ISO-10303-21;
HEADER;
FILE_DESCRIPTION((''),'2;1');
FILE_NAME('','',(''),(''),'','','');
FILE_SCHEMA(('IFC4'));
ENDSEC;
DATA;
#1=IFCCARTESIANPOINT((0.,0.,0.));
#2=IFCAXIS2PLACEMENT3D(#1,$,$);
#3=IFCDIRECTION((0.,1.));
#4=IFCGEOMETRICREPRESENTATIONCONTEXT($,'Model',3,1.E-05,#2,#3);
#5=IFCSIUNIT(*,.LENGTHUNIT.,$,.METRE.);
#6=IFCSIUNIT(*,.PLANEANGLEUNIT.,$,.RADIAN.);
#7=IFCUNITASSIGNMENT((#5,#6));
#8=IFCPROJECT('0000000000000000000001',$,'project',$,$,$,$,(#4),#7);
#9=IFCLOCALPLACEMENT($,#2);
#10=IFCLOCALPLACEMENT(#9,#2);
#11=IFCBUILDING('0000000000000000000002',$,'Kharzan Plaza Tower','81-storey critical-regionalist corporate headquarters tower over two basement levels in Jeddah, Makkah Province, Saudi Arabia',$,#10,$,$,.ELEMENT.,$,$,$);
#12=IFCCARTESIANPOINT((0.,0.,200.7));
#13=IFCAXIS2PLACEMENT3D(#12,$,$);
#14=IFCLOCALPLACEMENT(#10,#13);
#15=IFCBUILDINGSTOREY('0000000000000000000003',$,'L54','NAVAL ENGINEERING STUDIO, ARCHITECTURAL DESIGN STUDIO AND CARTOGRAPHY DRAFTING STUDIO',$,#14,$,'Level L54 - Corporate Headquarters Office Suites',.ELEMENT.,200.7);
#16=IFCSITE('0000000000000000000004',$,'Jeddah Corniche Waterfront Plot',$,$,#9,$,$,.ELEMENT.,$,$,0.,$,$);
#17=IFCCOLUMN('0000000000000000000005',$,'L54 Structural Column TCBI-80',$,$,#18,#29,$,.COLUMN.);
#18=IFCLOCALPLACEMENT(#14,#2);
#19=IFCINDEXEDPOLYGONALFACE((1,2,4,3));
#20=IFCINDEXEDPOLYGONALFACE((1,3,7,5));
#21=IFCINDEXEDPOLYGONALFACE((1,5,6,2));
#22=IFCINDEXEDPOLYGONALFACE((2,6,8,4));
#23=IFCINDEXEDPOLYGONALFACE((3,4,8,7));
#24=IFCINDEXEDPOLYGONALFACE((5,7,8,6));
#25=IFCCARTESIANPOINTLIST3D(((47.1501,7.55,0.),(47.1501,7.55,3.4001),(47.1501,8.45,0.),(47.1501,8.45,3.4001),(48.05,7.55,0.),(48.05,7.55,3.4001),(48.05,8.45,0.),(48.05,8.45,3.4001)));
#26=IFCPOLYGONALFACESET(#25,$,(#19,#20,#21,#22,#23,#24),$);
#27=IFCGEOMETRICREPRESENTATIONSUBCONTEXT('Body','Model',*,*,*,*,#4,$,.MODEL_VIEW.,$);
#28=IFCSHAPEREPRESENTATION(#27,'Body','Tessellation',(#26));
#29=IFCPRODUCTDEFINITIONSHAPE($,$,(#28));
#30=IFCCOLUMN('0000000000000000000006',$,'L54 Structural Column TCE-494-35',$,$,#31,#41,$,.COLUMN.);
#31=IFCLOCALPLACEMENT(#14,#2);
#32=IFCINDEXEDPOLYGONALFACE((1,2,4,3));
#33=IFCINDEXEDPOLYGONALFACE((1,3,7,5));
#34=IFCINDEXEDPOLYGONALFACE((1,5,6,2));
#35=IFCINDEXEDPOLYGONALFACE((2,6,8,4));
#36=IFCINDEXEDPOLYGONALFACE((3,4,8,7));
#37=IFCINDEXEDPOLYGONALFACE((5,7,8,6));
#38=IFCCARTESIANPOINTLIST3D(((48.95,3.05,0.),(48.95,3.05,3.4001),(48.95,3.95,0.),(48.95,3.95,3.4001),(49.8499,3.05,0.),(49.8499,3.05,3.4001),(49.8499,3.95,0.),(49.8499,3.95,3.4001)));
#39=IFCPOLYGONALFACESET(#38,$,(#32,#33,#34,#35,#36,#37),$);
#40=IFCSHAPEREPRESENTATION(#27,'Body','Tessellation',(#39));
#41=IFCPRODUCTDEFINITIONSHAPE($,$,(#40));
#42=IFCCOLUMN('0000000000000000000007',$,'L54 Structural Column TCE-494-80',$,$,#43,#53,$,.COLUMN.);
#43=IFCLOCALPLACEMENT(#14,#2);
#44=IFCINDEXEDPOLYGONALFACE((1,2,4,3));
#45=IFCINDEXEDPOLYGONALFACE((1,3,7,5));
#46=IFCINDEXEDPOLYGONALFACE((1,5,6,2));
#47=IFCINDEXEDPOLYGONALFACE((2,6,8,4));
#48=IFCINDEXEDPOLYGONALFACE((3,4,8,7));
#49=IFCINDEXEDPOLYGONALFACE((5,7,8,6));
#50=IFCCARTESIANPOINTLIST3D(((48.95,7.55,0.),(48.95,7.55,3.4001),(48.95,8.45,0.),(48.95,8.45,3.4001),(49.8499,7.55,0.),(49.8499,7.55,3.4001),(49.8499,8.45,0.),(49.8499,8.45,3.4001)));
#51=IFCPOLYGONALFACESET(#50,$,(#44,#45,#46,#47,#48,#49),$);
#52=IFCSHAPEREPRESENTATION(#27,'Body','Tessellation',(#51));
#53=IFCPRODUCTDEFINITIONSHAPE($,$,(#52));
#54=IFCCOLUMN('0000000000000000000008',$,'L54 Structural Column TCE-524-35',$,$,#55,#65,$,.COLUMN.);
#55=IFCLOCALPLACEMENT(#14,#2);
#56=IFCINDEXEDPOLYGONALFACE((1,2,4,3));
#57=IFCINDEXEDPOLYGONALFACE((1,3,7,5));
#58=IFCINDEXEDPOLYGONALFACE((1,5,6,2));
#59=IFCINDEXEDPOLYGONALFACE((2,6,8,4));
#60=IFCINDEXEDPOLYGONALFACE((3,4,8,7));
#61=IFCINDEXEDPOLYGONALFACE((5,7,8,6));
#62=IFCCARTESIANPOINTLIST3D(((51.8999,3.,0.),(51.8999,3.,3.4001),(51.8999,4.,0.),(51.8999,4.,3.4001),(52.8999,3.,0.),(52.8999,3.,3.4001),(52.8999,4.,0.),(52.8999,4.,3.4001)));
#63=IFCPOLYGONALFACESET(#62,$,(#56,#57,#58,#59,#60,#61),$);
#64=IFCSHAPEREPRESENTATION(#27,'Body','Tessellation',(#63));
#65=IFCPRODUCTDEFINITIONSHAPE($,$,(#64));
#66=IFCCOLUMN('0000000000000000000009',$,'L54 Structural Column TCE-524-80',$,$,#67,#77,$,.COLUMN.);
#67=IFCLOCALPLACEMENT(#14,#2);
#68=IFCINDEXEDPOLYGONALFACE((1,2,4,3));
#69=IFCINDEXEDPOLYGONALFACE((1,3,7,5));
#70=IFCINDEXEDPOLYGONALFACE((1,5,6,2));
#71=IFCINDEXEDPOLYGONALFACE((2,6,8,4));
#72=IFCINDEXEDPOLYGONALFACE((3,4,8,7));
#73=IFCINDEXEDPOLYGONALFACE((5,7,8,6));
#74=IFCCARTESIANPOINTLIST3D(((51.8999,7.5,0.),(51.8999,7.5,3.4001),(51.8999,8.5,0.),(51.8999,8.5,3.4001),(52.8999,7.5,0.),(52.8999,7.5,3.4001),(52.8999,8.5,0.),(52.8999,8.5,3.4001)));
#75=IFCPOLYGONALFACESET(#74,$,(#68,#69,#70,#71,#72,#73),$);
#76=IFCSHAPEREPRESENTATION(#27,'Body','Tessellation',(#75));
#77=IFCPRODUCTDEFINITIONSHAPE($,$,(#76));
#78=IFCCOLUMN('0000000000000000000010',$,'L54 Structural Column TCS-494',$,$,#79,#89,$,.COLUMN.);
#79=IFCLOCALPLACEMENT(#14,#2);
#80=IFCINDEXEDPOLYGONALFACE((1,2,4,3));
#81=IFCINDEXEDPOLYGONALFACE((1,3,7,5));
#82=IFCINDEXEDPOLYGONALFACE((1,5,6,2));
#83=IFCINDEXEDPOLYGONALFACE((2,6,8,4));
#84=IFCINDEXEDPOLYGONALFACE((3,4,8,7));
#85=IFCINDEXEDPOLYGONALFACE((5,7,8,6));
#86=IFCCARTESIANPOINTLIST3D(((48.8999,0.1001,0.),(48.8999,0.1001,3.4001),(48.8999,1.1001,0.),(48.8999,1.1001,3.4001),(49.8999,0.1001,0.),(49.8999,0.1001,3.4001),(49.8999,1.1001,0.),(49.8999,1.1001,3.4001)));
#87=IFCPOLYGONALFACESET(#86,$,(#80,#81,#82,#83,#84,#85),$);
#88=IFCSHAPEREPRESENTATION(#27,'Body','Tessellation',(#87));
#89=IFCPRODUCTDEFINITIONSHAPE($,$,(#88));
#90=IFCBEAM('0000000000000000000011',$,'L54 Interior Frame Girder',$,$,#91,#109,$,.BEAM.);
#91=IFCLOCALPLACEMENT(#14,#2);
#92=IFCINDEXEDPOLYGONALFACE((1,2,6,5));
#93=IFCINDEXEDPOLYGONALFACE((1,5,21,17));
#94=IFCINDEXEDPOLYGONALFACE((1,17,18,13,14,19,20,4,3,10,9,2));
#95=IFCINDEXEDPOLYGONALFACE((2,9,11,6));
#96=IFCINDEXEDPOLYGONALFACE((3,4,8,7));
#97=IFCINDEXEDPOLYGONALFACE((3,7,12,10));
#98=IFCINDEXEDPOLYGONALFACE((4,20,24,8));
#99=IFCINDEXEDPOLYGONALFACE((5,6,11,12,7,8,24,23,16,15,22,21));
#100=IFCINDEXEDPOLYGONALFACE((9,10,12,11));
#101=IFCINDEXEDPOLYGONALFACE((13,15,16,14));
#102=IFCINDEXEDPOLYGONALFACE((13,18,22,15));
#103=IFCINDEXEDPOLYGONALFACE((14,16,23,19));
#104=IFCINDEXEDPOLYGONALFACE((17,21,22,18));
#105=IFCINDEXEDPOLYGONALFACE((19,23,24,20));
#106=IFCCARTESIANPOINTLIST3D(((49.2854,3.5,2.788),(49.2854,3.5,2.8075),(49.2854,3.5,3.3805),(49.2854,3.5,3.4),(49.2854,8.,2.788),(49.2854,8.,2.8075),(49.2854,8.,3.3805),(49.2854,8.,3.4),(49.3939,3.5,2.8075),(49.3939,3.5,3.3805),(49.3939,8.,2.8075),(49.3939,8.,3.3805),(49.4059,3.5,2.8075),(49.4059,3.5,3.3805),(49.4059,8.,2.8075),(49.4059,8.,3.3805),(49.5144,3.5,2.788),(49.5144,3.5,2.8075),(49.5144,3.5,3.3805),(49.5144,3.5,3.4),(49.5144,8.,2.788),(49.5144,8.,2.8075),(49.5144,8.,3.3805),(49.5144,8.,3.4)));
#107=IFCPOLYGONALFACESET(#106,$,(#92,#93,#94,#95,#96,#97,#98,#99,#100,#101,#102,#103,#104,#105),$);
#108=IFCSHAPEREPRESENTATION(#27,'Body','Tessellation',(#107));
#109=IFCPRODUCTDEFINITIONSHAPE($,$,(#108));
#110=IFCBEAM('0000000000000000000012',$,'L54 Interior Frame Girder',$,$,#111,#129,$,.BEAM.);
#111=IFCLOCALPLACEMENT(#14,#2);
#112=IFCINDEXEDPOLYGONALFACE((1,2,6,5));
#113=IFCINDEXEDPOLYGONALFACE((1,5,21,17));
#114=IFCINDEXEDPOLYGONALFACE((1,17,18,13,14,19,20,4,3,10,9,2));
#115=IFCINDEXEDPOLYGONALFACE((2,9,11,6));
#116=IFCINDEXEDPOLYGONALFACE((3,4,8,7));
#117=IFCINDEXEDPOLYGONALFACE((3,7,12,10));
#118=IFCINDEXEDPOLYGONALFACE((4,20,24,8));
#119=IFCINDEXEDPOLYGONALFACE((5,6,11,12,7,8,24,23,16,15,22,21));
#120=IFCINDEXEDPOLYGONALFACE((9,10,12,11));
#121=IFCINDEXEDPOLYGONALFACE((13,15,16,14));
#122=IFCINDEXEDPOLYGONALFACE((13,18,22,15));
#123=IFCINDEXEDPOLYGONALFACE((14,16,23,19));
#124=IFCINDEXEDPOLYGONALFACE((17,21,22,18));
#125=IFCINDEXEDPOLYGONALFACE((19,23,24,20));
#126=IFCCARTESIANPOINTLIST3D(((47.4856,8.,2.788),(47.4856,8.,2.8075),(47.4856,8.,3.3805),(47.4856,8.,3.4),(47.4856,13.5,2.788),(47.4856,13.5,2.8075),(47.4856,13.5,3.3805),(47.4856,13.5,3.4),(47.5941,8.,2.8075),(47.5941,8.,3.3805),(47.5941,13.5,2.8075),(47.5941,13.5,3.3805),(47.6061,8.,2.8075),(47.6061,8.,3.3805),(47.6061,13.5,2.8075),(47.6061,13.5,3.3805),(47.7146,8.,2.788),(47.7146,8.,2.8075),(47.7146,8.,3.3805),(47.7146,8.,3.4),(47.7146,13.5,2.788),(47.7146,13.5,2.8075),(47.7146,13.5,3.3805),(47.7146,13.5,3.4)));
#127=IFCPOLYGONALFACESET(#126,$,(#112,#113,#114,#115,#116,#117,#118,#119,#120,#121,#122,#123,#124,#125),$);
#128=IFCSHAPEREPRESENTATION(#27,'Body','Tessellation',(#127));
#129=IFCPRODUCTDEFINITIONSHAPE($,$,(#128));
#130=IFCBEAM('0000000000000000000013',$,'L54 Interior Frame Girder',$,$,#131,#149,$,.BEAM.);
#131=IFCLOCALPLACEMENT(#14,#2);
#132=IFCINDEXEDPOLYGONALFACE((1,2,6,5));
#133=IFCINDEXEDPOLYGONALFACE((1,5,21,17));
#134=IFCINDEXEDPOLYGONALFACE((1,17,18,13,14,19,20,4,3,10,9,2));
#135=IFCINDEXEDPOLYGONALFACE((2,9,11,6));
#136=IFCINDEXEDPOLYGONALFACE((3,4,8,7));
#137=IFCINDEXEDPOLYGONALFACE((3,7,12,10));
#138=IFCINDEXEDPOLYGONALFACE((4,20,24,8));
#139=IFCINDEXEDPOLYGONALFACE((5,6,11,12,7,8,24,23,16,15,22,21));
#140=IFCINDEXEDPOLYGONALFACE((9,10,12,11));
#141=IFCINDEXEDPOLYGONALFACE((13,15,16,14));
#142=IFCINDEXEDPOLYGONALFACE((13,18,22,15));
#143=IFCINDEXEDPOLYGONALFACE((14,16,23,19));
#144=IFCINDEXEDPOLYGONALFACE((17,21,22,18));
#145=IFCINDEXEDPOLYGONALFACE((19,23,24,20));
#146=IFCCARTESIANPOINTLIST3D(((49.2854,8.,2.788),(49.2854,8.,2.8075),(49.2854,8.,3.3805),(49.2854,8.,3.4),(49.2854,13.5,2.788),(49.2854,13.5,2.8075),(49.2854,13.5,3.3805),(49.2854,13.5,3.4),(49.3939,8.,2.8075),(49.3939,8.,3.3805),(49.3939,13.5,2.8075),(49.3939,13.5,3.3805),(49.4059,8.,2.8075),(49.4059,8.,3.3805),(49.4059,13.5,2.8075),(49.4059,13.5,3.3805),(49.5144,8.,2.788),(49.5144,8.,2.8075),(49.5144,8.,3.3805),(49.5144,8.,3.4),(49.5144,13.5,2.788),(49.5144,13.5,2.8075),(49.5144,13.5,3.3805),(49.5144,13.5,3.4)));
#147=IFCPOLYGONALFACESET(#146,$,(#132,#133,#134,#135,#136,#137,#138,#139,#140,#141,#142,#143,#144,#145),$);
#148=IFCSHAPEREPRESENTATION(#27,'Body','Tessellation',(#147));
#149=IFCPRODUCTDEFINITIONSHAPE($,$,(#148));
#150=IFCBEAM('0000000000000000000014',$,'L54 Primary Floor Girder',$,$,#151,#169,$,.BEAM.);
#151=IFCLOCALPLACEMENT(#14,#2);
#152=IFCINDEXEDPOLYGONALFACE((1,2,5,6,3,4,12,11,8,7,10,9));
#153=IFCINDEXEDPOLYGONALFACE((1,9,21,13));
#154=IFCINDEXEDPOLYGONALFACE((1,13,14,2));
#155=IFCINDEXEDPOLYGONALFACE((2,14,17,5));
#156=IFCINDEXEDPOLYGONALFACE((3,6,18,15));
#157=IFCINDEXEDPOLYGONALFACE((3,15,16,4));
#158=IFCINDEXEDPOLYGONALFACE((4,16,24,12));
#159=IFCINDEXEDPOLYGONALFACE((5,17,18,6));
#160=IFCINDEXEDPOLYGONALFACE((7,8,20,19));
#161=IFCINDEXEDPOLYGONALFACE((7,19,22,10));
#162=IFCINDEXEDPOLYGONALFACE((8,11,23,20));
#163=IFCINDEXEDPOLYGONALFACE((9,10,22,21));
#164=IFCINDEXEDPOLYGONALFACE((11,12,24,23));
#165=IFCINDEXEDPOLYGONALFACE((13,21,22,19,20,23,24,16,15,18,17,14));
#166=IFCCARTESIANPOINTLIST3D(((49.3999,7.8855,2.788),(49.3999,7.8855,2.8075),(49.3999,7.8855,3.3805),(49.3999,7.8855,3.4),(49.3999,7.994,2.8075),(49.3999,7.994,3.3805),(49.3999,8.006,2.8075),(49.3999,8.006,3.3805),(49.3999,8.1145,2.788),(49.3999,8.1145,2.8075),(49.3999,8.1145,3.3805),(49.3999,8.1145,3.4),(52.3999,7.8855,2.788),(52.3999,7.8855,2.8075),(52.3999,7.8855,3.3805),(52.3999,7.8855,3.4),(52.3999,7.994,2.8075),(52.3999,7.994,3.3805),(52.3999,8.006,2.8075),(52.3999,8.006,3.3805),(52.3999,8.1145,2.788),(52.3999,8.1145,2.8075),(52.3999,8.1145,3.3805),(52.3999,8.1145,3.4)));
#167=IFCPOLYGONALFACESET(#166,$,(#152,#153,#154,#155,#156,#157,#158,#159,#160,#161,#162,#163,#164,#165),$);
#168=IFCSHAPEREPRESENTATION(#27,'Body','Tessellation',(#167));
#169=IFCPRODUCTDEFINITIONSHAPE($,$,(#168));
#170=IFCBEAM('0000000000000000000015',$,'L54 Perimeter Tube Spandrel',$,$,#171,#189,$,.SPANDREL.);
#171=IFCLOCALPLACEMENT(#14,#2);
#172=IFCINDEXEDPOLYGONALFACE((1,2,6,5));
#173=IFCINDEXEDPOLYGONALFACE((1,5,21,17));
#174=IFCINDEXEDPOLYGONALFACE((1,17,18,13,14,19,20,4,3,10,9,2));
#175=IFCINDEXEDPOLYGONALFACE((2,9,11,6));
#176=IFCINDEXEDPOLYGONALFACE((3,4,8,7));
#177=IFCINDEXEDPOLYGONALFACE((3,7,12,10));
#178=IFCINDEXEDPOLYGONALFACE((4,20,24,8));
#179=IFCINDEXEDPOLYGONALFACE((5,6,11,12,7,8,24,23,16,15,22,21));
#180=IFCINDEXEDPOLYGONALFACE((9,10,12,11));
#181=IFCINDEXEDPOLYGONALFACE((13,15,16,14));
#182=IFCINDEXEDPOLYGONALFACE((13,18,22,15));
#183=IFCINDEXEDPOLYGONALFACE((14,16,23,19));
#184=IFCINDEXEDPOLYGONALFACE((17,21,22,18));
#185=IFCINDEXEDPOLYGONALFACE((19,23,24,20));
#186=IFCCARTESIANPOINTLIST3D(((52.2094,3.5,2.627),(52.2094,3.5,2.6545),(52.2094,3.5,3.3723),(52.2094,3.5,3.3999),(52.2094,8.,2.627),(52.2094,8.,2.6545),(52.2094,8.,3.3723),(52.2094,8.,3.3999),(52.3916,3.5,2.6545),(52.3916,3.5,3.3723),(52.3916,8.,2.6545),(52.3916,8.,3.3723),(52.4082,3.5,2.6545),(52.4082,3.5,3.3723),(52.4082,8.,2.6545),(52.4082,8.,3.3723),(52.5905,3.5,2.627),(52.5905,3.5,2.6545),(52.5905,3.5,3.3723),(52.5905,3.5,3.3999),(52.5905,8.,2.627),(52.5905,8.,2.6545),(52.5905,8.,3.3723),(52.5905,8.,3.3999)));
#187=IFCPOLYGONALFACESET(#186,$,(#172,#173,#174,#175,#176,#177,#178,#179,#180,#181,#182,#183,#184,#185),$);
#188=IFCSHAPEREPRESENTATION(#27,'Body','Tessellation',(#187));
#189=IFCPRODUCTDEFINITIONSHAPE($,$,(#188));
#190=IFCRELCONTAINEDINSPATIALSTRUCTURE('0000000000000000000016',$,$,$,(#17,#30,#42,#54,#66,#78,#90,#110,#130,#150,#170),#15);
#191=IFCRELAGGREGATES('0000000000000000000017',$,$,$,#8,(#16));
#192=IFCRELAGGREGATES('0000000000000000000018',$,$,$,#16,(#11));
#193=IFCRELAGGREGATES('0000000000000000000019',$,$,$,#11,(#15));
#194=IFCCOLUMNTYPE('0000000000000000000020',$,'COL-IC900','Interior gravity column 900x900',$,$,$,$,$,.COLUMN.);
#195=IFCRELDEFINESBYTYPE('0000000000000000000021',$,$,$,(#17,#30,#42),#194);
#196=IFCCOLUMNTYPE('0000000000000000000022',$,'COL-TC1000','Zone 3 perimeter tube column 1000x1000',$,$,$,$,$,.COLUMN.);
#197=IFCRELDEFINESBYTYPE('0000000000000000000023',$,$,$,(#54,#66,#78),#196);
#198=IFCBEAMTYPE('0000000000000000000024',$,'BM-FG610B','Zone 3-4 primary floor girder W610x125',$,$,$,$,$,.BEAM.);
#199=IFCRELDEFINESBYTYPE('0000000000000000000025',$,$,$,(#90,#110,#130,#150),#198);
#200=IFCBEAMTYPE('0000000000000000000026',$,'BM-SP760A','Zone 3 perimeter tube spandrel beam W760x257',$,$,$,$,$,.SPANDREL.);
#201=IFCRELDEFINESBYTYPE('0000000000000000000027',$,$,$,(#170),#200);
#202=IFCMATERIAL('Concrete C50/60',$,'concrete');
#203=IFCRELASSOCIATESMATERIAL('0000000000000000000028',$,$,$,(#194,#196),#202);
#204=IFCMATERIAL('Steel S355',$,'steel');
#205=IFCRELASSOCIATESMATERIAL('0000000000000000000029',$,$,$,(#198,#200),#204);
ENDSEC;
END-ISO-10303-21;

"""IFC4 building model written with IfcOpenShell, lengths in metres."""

from ifc_helpers import new_model, si_unit, direction, frame, origin, origin_2d, place, context, subcontext, project, spatial, rectangle, i_section, extrude, source, transform, mapped, material, material_profile, profile_set, type_object, element, save


model = new_model("IFC4")

# Units and contexts
model_context = context("Model", 3, precision=1e-05, world=origin(), true_north=direction((0.0, 1.0)))
body_context = subcontext(model_context, "Body", "Model", "MODEL_VIEW")
ifc_project = project(units=[si_unit("LENGTHUNIT", "METRE"), si_unit("PLANEANGLEUNIT", "RADIAN")], contexts=[model_context])

# Site, building, storey
site_placement = place(None, origin())
site = spatial("IfcSite", under=ifc_project, at=site_placement, Name="Jeddah Corniche Waterfront Plot", CompositionType="ELEMENT", RefElevation=0.0)
building_placement = place(site_placement, origin())
building = spatial("IfcBuilding", under=site, at=building_placement, Name="Kharzan Plaza Tower", Description="81-storey critical-regionalist corporate headquarters tower over two basement levels in Jeddah, Makkah Province, Saudi Arabia", CompositionType="ELEMENT")
storey_placement = place(building_placement, frame((0.0, 0.0, 200.7)))
storey = spatial("IfcBuildingStorey", under=building, at=storey_placement, Name="L54", Description="NAVAL ENGINEERING STUDIO, ARCHITECTURAL DESIGN STUDIO AND CARTOGRAPHY DRAFTING STUDIO", LongName="Level L54 - Corporate Headquarters Office Suites", CompositionType="ELEMENT", Elevation=200.7)

# Columns
ifc_material_1 = material(Name="Concrete C50/60", Category="concrete")
ifc_material_profile_1 = material_profile(ifc_material_1, rectangle(XDim=0.8999, YDim=0.8999, at=origin_2d()), Name="RC-IC900x900")
ifc_profile_set_1 = profile_set([ifc_material_profile_1], Name="Concrete C50/60")
column_type_1 = type_object("IfcColumnType", Name="COL-IC900", Description="Interior gravity column 900x900", PredefinedType="COLUMN", material=ifc_profile_set_1)
shared_shape_1 = source(origin(), body_context, "Body", "SweptSolid", [
    extrude(rectangle(XDim=0.8999, YDim=0.8999, at=origin_2d()), origin(), (0.0, 0.0, 1.0), 3.4001),
])
for number, where, z_axis, x_axis, name in (
    (1, (47.6001, 8.0, 0.0), (0.0, 0.0, 1.0), (1.0, 0.0, 0.0), "L54 Structural Column TCBI-80"),
    (2, (49.3999, 3.5, 0.0), (0.0, 0.0, 1.0), (1.0, 0.0, 0.0), "L54 Structural Column TCE-494-35"),
    (3, (49.3999, 8.0, 0.0), (0.0, 0.0, 1.0), (1.0, 0.0, 0.0), "L54 Structural Column TCE-494-80"),
):
    element("IfcColumn", number, at=place(storey_placement, frame(where, z_axis=z_axis, x_axis=x_axis)), inside=storey, type_object=column_type_1, Name=name, PredefinedType="COLUMN", context=body_context, shape_type="MappedRepresentation", body=[
        mapped(shared_shape_1, transform((0.0, 0.0, 0.0), x_axis=(1.0, 0.0, 0.0), y_axis=(0.0, 1.0, 0.0), z_axis=(0.0, 0.0, 1.0))),
    ])
ifc_material_profile_2 = material_profile(ifc_material_1, rectangle(XDim=1.0, YDim=1.0, at=origin_2d()), Name="RC-TC1000x1000")
ifc_profile_set_2 = profile_set([ifc_material_profile_2], Name="Concrete C50/60")
column_type_2 = type_object("IfcColumnType", Name="COL-TC1000", Description="Zone 3 perimeter tube column 1000x1000", PredefinedType="COLUMN", material=ifc_profile_set_2)
shared_shape_2 = source(origin(), body_context, "Body", "SweptSolid", [
    extrude(rectangle(XDim=1.0, YDim=1.0, at=origin_2d()), origin(), (0.0, 0.0, 1.0), 3.4001),
])
for number, where, z_axis, x_axis, name in (
    (4, (52.3999, 3.5, 0.0), (0.0, 0.0, 1.0), (1.0, 0.0, 0.0), "L54 Structural Column TCE-524-35"),
    (5, (52.3999, 8.0, 0.0), (0.0, 0.0, 1.0), (1.0, 0.0, 0.0), "L54 Structural Column TCE-524-80"),
    (6, (49.3999, 0.6001, 0.0), (0.0, 0.0, 1.0), (1.0, 0.0, 0.0), "L54 Structural Column TCS-494"),
):
    element("IfcColumn", number, at=place(storey_placement, frame(where, z_axis=z_axis, x_axis=x_axis)), inside=storey, type_object=column_type_2, Name=name, PredefinedType="COLUMN", context=body_context, shape_type="MappedRepresentation", body=[
        mapped(shared_shape_2, transform((0.0, 0.0, 0.0), x_axis=(1.0, 0.0, 0.0), y_axis=(0.0, 1.0, 0.0), z_axis=(0.0, 0.0, 1.0))),
    ])

# Beams
ifc_material_2 = material(Name="Steel S355", Category="steel")
ifc_material_profile_3 = material_profile(ifc_material_2, i_section(OverallWidth=0.229, OverallDepth=0.6121, WebThickness=0.012, FlangeThickness=0.0195, at=origin_2d()), Name="W610x125")
ifc_profile_set_3 = profile_set([ifc_material_profile_3], Name="Steel S355")
beam_type_1 = type_object("IfcBeamType", Name="BM-FG610B", Description="Zone 3-4 primary floor girder W610x125", PredefinedType="BEAM", material=ifc_profile_set_3)
shared_shape_3 = source(origin(), body_context, "Body", "SweptSolid", [
    extrude(i_section(OverallWidth=0.229, OverallDepth=0.6121, WebThickness=0.012, FlangeThickness=0.0195, at=origin_2d()), origin(), (0.0, 0.0, 1.0), 4.5),
])
beam_1_placement = place(storey_placement, frame((49.3999, 3.5, 3.094), z_axis=(0.0, 1.0, 0.0), x_axis=(-1.0, 0.0, 0.0)))
element("IfcBeam", 7, at=beam_1_placement, inside=storey, type_object=beam_type_1, Name="L54 Interior Frame Girder", PredefinedType="BEAM", context=body_context, shape_type="MappedRepresentation", body=[
    mapped(shared_shape_3, transform((0.0, 0.0, 0.0), x_axis=(1.0, 0.0, 0.0), y_axis=(0.0, 1.0, 0.0), z_axis=(0.0, 0.0, 1.0))),
])
shared_shape_4 = source(origin(), body_context, "Body", "SweptSolid", [
    extrude(i_section(OverallWidth=0.229, OverallDepth=0.6121, WebThickness=0.012, FlangeThickness=0.0195, at=origin_2d()), origin(), (0.0, 0.0, 1.0), 5.5),
])
for number, where, z_axis, x_axis, name in (
    (8, (47.6001, 8.0, 3.094), (0.0, 1.0, 0.0), (-1.0, 0.0, 0.0), "L54 Interior Frame Girder"),
    (9, (49.3999, 8.0, 3.094), (0.0, 1.0, 0.0), (-1.0, 0.0, 0.0), "L54 Interior Frame Girder"),
):
    element("IfcBeam", number, at=place(storey_placement, frame(where, z_axis=z_axis, x_axis=x_axis)), inside=storey, type_object=beam_type_1, Name=name, PredefinedType="BEAM", context=body_context, shape_type="MappedRepresentation", body=[
        mapped(shared_shape_4, transform((0.0, 0.0, 0.0), x_axis=(1.0, 0.0, 0.0), y_axis=(0.0, 1.0, 0.0), z_axis=(0.0, 0.0, 1.0))),
    ])
shared_shape_5 = source(origin(), body_context, "Body", "SweptSolid", [
    extrude(i_section(OverallWidth=0.229, OverallDepth=0.6121, WebThickness=0.012, FlangeThickness=0.0195, at=origin_2d()), origin(), (0.0, 0.0, 1.0), 3.0),
])
beam_2_placement = place(storey_placement, frame((49.3999, 8.0, 3.094), z_axis=(1.0, 0.0, 0.0), x_axis=(0.0, 1.0, 0.0)))
element("IfcBeam", 10, at=beam_2_placement, inside=storey, type_object=beam_type_1, Name="L54 Primary Floor Girder", PredefinedType="BEAM", context=body_context, shape_type="MappedRepresentation", body=[
    mapped(shared_shape_5, transform((0.0, 0.0, 0.0), x_axis=(1.0, 0.0, 0.0), y_axis=(0.0, 1.0, 0.0), z_axis=(0.0, 0.0, 1.0))),
])
ifc_material_profile_4 = material_profile(ifc_material_2, i_section(OverallWidth=0.3811, OverallDepth=0.7729, WebThickness=0.0166, FlangeThickness=0.0276, at=origin_2d()), Name="W760x257")
ifc_profile_set_4 = profile_set([ifc_material_profile_4], Name="Steel S355")
beam_type_2 = type_object("IfcBeamType", Name="BM-SP760A", Description="Zone 3 perimeter tube spandrel beam W760x257", PredefinedType="SPANDREL", material=ifc_profile_set_4)
shared_shape_6 = source(origin(), body_context, "Body", "SweptSolid", [
    extrude(i_section(OverallWidth=0.3811, OverallDepth=0.7729, WebThickness=0.0166, FlangeThickness=0.0276, at=origin_2d()), origin(), (0.0, 0.0, 1.0), 4.5),
])
beam_3_placement = place(storey_placement, frame((52.3999, 3.5, 3.0134), z_axis=(0.0, 1.0, 0.0), x_axis=(-1.0, 0.0, 0.0)))
element("IfcBeam", 11, at=beam_3_placement, inside=storey, type_object=beam_type_2, Name="L54 Perimeter Tube Spandrel", PredefinedType="SPANDREL", context=body_context, shape_type="MappedRepresentation", body=[
    mapped(shared_shape_6, transform((0.0, 0.0, 0.0), x_axis=(1.0, 0.0, 0.0), y_axis=(0.0, 1.0, 0.0), z_axis=(0.0, 0.0, 1.0))),
])

save(model, "model.ifc")
